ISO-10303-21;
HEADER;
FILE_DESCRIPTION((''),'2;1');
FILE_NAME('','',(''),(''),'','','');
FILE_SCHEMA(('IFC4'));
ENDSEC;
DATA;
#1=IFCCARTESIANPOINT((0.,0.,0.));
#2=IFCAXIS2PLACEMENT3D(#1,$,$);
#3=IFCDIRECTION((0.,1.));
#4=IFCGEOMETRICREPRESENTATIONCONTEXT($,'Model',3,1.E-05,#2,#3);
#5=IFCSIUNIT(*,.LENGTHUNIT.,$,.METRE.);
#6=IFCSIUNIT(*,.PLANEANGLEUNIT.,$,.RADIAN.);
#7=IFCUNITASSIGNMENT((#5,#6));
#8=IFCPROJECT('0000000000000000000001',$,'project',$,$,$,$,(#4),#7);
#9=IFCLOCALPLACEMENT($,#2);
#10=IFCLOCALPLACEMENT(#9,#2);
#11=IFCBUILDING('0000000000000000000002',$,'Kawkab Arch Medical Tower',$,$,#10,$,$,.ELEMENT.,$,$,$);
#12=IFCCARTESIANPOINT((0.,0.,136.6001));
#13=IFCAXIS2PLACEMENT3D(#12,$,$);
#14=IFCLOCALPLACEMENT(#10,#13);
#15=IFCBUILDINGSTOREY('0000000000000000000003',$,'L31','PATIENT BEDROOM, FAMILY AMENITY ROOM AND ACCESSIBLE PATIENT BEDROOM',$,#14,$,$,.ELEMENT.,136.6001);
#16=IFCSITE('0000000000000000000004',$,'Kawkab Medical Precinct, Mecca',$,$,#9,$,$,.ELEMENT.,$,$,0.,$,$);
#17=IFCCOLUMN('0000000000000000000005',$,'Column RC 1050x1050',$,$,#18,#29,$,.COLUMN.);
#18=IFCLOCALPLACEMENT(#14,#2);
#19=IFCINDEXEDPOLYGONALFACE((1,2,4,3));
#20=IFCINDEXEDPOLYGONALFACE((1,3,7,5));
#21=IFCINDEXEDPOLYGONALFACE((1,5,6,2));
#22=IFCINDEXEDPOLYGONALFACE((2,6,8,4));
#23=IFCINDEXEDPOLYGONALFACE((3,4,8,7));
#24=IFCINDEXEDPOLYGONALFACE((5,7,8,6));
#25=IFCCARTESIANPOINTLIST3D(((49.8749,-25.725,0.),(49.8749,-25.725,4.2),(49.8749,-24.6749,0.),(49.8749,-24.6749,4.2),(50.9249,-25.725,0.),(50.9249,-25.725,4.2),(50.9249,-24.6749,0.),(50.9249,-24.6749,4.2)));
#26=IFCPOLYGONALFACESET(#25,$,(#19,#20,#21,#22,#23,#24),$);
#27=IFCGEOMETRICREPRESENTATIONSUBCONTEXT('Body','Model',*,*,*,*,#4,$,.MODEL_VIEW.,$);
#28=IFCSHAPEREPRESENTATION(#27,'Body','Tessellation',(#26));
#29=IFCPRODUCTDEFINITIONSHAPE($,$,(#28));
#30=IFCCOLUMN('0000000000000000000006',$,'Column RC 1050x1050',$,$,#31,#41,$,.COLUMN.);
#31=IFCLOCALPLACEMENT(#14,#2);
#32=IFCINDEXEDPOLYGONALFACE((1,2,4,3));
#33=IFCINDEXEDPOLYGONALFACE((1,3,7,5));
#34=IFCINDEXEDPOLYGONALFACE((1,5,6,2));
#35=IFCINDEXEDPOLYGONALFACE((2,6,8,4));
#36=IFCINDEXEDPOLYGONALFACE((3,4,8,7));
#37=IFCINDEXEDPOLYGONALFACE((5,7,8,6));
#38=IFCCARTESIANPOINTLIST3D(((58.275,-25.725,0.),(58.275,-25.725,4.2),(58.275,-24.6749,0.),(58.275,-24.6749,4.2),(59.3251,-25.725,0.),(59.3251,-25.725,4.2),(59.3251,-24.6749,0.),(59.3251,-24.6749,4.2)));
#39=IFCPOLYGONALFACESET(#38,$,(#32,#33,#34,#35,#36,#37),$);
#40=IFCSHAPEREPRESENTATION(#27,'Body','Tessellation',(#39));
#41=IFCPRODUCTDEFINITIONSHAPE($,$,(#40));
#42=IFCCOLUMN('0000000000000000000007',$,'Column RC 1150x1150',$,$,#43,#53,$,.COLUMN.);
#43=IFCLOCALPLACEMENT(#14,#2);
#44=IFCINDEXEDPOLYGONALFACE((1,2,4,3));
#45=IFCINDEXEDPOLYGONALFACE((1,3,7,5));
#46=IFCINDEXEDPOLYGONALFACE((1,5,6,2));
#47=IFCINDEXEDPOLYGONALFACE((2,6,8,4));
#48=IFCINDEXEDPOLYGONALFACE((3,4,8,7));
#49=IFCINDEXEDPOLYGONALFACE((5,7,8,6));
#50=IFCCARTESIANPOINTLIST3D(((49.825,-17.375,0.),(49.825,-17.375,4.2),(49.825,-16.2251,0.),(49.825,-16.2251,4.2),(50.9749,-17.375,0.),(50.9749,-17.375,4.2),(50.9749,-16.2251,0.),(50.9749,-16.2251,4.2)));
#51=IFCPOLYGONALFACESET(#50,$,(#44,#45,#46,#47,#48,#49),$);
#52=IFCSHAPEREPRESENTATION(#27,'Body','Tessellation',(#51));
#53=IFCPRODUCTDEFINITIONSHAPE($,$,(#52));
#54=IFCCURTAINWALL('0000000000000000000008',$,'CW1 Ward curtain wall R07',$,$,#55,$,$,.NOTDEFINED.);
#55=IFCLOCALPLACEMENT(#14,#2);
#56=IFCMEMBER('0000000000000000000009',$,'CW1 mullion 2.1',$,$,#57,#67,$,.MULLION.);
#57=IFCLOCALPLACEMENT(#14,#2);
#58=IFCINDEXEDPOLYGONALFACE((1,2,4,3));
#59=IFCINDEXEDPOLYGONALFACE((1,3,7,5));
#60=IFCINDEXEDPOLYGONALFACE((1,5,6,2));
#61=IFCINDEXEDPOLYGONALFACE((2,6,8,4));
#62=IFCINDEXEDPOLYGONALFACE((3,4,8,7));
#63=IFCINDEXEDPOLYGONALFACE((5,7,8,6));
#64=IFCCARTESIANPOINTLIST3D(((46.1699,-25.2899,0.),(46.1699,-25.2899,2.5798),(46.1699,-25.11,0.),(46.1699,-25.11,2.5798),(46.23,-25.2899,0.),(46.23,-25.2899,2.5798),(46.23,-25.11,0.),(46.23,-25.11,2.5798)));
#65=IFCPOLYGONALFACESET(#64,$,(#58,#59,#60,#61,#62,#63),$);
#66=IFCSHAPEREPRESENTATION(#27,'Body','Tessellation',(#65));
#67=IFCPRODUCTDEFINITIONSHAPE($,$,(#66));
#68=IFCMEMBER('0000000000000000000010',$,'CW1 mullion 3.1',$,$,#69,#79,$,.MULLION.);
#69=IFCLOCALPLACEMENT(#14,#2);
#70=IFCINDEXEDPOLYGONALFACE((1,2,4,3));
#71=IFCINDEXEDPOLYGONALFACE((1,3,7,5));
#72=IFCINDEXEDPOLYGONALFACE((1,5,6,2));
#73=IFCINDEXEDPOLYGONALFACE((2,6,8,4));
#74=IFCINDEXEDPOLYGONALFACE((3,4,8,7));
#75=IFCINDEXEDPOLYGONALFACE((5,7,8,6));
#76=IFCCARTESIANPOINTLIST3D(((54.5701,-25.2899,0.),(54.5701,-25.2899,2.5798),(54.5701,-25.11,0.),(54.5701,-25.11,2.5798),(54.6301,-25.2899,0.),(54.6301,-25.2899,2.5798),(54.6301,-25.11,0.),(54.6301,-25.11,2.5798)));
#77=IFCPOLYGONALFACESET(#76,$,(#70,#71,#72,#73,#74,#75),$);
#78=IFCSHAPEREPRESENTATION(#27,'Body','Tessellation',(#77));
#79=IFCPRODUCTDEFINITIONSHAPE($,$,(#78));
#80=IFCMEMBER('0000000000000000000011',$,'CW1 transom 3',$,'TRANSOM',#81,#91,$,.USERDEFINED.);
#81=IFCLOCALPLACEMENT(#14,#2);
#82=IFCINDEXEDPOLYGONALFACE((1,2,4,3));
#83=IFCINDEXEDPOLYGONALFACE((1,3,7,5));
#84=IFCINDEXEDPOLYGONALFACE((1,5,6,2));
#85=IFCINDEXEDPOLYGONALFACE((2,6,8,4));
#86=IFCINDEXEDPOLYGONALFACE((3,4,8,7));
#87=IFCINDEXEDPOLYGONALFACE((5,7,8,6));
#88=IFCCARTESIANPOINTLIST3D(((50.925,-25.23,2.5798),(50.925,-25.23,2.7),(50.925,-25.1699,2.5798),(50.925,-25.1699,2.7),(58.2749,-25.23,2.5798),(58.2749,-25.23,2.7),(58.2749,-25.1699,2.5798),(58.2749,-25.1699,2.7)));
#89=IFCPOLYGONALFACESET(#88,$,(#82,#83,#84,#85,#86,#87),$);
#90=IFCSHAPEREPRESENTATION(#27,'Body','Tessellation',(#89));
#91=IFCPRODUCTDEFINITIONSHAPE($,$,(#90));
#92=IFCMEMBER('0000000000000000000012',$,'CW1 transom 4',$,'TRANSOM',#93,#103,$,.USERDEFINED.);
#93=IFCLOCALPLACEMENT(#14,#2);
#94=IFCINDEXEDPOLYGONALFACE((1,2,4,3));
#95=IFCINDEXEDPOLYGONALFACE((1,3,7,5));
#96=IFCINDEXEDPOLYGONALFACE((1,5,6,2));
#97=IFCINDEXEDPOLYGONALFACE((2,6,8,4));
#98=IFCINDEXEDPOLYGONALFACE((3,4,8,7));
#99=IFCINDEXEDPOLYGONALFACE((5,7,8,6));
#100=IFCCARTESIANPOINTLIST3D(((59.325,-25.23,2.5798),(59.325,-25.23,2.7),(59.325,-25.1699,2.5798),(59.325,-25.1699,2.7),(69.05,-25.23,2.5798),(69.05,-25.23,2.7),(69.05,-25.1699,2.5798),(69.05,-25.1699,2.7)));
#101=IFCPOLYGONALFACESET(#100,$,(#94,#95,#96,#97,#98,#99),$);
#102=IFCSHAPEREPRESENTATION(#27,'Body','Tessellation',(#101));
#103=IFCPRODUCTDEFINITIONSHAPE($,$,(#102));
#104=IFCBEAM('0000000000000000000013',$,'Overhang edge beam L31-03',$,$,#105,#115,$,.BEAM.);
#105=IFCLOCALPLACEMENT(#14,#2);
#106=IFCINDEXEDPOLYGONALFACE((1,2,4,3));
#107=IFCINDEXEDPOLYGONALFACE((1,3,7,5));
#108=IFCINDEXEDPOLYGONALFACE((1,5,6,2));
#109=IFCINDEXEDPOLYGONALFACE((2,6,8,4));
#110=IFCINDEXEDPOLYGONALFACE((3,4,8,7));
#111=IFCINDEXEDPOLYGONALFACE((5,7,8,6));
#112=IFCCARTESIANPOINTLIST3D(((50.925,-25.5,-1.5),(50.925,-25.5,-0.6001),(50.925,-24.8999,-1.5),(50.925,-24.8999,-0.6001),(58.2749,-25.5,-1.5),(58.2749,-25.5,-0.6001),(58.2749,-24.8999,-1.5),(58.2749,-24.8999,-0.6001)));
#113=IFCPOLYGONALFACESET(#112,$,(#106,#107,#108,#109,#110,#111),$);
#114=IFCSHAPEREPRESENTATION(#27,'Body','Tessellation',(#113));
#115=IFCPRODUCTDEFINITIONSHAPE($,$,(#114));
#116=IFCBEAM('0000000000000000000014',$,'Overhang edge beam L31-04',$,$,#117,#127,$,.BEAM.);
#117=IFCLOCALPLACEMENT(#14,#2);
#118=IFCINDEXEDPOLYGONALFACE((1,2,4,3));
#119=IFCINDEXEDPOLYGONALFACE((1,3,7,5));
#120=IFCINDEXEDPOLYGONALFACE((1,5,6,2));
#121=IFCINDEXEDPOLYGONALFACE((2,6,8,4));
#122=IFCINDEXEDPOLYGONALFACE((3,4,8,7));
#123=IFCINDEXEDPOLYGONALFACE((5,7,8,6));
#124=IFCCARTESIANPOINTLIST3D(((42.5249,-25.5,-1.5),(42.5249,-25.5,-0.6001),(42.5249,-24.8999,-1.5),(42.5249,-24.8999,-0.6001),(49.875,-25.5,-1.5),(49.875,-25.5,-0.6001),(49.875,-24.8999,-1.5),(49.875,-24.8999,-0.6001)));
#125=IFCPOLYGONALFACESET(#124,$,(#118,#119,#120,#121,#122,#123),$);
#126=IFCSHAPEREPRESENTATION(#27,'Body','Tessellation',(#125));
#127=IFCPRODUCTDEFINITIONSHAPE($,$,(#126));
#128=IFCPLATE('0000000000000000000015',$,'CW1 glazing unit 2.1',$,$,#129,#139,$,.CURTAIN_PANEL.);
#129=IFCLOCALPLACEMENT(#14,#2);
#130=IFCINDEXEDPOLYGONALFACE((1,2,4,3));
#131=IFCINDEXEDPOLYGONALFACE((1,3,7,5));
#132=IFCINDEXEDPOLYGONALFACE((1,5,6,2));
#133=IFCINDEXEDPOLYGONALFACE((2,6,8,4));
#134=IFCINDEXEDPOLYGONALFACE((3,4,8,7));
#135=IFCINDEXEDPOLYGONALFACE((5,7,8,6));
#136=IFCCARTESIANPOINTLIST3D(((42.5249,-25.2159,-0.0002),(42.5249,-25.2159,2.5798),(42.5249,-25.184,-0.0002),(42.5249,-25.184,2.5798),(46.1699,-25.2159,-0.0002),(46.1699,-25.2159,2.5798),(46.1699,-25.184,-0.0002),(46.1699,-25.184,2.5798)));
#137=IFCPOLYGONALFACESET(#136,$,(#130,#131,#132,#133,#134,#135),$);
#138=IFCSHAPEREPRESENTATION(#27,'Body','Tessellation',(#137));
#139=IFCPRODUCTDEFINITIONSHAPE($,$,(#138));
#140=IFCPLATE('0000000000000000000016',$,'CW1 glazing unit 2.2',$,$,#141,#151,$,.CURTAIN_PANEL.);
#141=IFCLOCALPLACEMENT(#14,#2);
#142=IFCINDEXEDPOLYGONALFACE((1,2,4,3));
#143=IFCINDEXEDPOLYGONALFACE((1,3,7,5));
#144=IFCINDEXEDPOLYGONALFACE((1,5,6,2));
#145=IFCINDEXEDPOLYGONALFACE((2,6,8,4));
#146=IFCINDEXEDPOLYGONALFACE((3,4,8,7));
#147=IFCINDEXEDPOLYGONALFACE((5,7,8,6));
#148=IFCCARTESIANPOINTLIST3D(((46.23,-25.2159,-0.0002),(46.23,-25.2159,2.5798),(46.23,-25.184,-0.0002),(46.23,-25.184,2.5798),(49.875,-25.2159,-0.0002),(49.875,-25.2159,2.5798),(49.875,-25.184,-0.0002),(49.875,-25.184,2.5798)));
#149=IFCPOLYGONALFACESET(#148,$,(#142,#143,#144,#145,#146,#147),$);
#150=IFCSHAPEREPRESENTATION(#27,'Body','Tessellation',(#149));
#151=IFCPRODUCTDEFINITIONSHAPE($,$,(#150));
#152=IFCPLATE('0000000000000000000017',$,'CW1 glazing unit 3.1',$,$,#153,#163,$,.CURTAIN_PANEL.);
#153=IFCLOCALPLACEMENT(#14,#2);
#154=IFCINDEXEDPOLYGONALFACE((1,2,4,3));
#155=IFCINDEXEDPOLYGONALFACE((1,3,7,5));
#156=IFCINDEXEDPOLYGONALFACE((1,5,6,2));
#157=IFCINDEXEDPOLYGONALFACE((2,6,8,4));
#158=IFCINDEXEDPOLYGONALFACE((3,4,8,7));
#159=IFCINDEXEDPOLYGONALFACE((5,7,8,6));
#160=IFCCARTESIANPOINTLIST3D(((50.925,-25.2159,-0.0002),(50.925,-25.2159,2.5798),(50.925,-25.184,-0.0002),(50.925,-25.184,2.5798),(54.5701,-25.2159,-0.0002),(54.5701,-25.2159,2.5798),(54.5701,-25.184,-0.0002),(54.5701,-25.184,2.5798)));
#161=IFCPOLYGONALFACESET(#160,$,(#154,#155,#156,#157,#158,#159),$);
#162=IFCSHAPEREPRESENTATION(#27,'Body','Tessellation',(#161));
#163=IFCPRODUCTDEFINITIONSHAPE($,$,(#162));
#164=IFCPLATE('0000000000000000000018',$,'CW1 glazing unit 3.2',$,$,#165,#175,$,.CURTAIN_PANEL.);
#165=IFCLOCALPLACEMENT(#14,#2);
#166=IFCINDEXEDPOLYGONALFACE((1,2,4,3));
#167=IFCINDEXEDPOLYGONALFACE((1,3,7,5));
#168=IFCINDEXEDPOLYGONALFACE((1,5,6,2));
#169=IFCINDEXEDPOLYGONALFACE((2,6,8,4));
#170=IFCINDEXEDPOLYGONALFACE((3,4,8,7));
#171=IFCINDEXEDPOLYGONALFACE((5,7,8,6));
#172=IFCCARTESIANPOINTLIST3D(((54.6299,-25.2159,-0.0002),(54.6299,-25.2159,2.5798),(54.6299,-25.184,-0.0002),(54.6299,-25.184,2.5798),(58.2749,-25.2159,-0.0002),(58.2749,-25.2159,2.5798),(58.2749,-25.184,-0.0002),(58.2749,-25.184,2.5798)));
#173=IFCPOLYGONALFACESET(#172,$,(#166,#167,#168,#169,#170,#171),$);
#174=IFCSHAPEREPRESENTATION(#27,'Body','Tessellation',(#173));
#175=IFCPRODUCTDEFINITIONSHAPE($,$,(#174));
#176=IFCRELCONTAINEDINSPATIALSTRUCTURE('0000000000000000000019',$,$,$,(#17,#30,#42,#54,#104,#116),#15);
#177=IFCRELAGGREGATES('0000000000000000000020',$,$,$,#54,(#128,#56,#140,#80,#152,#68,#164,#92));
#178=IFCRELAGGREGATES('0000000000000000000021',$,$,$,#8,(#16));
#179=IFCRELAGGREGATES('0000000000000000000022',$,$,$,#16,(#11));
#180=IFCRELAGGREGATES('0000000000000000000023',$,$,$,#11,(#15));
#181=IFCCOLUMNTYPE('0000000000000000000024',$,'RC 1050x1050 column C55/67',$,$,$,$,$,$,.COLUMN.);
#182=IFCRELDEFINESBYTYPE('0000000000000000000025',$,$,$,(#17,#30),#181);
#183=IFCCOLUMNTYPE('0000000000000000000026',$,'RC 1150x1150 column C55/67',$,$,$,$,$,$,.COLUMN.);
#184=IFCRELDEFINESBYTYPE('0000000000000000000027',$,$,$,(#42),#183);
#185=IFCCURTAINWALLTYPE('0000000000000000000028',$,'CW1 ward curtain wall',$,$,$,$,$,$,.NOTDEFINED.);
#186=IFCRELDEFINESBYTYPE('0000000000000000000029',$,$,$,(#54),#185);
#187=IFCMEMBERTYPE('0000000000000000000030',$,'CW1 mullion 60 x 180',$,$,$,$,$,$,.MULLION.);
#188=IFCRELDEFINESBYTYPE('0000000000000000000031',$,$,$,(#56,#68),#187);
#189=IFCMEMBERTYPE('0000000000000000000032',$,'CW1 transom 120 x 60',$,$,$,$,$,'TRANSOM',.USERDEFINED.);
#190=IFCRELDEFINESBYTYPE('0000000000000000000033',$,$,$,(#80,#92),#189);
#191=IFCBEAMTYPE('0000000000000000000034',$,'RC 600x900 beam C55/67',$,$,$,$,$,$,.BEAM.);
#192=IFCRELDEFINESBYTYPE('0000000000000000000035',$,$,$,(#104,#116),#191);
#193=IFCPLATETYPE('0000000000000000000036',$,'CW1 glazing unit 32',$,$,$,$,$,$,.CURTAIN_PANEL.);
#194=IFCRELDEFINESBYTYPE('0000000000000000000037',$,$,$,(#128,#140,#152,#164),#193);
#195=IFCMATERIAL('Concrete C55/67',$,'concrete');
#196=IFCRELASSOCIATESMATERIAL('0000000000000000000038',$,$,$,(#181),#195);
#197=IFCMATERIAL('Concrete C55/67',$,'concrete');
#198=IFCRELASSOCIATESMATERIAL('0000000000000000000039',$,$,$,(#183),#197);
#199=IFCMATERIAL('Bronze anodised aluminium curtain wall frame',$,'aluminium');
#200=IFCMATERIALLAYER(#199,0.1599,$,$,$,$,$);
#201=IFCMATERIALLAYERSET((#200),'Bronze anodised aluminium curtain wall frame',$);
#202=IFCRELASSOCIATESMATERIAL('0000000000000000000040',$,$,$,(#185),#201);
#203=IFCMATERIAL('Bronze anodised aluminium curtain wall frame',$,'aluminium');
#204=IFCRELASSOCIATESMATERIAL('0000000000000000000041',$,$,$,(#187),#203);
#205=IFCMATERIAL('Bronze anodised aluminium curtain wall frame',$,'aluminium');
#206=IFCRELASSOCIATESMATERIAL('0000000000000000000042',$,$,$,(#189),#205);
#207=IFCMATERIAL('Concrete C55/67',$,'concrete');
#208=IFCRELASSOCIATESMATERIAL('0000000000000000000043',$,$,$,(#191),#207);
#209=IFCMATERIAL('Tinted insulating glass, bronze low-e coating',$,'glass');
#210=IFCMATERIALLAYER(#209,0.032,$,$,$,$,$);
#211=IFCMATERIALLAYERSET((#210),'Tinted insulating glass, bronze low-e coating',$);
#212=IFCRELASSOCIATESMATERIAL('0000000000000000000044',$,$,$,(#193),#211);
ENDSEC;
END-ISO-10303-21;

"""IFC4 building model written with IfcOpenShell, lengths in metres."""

from ifc_helpers import new_model, si_unit, direction, frame, origin, origin_2d, place, context, subcontext, project, spatial, rectangle, extrude, material, layer, layer_set, material_profile, profile_set, type_object, element, aggregate, save


model = new_model("IFC4")

# Units and contexts
model_context = context("Model", 3, precision=1e-05, world=origin(), true_north=direction((0.0, 1.0)))
body_context = subcontext(model_context, "Body", "Model", "MODEL_VIEW")
ifc_project = project(units=[si_unit("LENGTHUNIT", "METRE"), si_unit("PLANEANGLEUNIT", "RADIAN")], contexts=[model_context])

# Site, building, storey
site_placement = place(None, origin())
site = spatial("IfcSite", under=ifc_project, at=site_placement, Name="Kawkab Medical Precinct, Mecca", CompositionType="ELEMENT", RefElevation=0.0)
building_placement = place(site_placement, origin())
building = spatial("IfcBuilding", under=site, at=building_placement, Name="Kawkab Arch Medical Tower", CompositionType="ELEMENT")
storey_placement = place(building_placement, frame((0.0, 0.0, 136.6001)))
storey = spatial("IfcBuildingStorey", under=building, at=storey_placement, Name="L31", Description="PATIENT BEDROOM, FAMILY AMENITY ROOM AND ACCESSIBLE PATIENT BEDROOM", CompositionType="ELEMENT", Elevation=136.6001)

# Columns
ifc_material_1 = material(Name="Concrete C55/67", Category="concrete")
ifc_material_profile_1 = material_profile(ifc_material_1, rectangle(XDim=1.05, YDim=1.05, at=origin_2d()), Name="RC 1050x1050")
ifc_profile_set_1 = profile_set([ifc_material_profile_1], Name="Concrete C55/67")
column_type_1 = type_object("IfcColumnType", Name="RC 1050x1050 column C55/67", PredefinedType="COLUMN", material=ifc_profile_set_1)
for number, where, z_axis, x_axis, name in (
    (1, (50.3999, -25.2, 0.0), (0.0, 0.0, 1.0), (1.0, 0.0, 0.0), "Column RC 1050x1050"),
    (2, (58.8, -25.2, 0.0), (0.0, 0.0, 1.0), (1.0, 0.0, 0.0), "Column RC 1050x1050"),
):
    element("IfcColumn", number, at=place(storey_placement, frame(where, z_axis=z_axis, x_axis=x_axis)), inside=storey, type_object=column_type_1, Name=name, PredefinedType="COLUMN", context=body_context, shape_type="SweptSolid", body=[
        extrude(rectangle(XDim=1.05, YDim=1.05, at=origin_2d()), origin(), (0.0, 0.0, 1.0), 4.2),
    ])
ifc_material_2 = material(Name="Concrete C55/67", Category="concrete")
ifc_material_profile_2 = material_profile(ifc_material_2, rectangle(XDim=1.1499, YDim=1.1499, at=origin_2d()), Name="RC 1150x1150")
ifc_profile_set_2 = profile_set([ifc_material_profile_2], Name="Concrete C55/67")
column_type_2 = type_object("IfcColumnType", Name="RC 1150x1150 column C55/67", PredefinedType="COLUMN", material=ifc_profile_set_2)
column_placement = place(storey_placement, frame((50.3999, -16.8, 0.0), z_axis=(0.0, 0.0, 1.0), x_axis=(1.0, 0.0, 0.0)))
element("IfcColumn", 3, at=column_placement, inside=storey, type_object=column_type_2, Name="Column RC 1150x1150", PredefinedType="COLUMN", context=body_context, shape_type="SweptSolid", body=[
    extrude(rectangle(XDim=1.1499, YDim=1.1499, at=origin_2d()), origin(), (0.0, 0.0, 1.0), 4.2),
])

# Curtain wall, members
ifc_material_3 = material(Name="Bronze anodised aluminium curtain wall frame", Category="aluminium")
ifc_layer_1 = layer(ifc_material_3, 0.1599)
ifc_layer_set_1 = layer_set([ifc_layer_1], Name="Bronze anodised aluminium curtain wall frame")
curtain_wall_type = type_object("IfcCurtainWallType", Name="CW1 ward curtain wall", PredefinedType="NOTDEFINED", material=ifc_layer_set_1)
curtain_wall_placement = place(storey_placement, origin())
curtain_wall = element("IfcCurtainWall", 4, at=curtain_wall_placement, inside=storey, type_object=curtain_wall_type, Name="CW1 Ward curtain wall R07", PredefinedType="NOTDEFINED")
ifc_material_4 = material(Name="Bronze anodised aluminium curtain wall frame", Category="aluminium")
ifc_material_profile_3 = material_profile(ifc_material_4, rectangle(XDim=0.1799, YDim=0.0601, at=origin_2d()), Name="AL 60x180")
ifc_profile_set_3 = profile_set([ifc_material_profile_3], Name="Bronze anodised aluminium curtain wall frame")
member_type_1 = type_object("IfcMemberType", Name="CW1 mullion 60 x 180", PredefinedType="MULLION", material=ifc_profile_set_3)
member_1_placement = place(storey_placement, frame((46.2, -25.2, 0.0), z_axis=(0.0, 0.0, 1.0), x_axis=(0.0, 1.0, 0.0)))
member_1 = element("IfcMember", 5, at=member_1_placement, type_object=member_type_1, Name="CW1 mullion 2.1", PredefinedType="MULLION", context=body_context, shape_type="SweptSolid", body=[
    extrude(rectangle(XDim=0.1799, YDim=0.0601, at=origin_2d()), origin(), (0.0, 0.0, 1.0), 2.5798),
])
member_2_placement = place(storey_placement, frame((54.6001, -25.2, 0.0), z_axis=(0.0, 0.0, 1.0), x_axis=(0.0, 1.0, 0.0)))
member_2 = element("IfcMember", 6, at=member_2_placement, type_object=member_type_1, Name="CW1 mullion 3.1", PredefinedType="MULLION", context=body_context, shape_type="SweptSolid", body=[
    extrude(rectangle(XDim=0.1799, YDim=0.0601, at=origin_2d()), origin(), (0.0, 0.0, 1.0), 2.5798),
])
ifc_material_5 = material(Name="Bronze anodised aluminium curtain wall frame", Category="aluminium")
ifc_material_profile_4 = material_profile(ifc_material_5, rectangle(XDim=0.0601, YDim=0.1201, at=origin_2d()), Name="AL 60x120")
ifc_profile_set_4 = profile_set([ifc_material_profile_4], Name="Bronze anodised aluminium curtain wall frame")
member_type_2 = type_object("IfcMemberType", Name="CW1 transom 120 x 60", ElementType="TRANSOM", PredefinedType="USERDEFINED", material=ifc_profile_set_4)
member_3_placement = place(storey_placement, frame((50.925, -25.2, 2.6399), z_axis=(1.0, 0.0, 0.0), x_axis=(0.0, 1.0, 0.0)))
member_3 = element("IfcMember", 7, at=member_3_placement, type_object=member_type_2, Name="CW1 transom 3", ObjectType="TRANSOM", PredefinedType="USERDEFINED", context=body_context, shape_type="SweptSolid", body=[
    extrude(rectangle(XDim=0.0601, YDim=0.1201, at=origin_2d()), origin(), (0.0, 0.0, 1.0), 7.3499),
])
member_4_placement = place(storey_placement, frame((59.325, -25.2, 2.6399), z_axis=(1.0, 0.0, 0.0), x_axis=(0.0, 1.0, 0.0)))
member_4 = element("IfcMember", 8, at=member_4_placement, type_object=member_type_2, Name="CW1 transom 4", ObjectType="TRANSOM", PredefinedType="USERDEFINED", context=body_context, shape_type="SweptSolid", body=[
    extrude(rectangle(XDim=0.0601, YDim=0.1201, at=origin_2d()), origin(), (0.0, 0.0, 1.0), 9.7251),
])

# Beams
ifc_material_6 = material(Name="Concrete C55/67", Category="concrete")
ifc_material_profile_5 = material_profile(ifc_material_6, rectangle(XDim=0.6001, YDim=0.8999, at=origin_2d()), Name="RC 600x900")
ifc_profile_set_5 = profile_set([ifc_material_profile_5], Name="Concrete C55/67")
beam_type = type_object("IfcBeamType", Name="RC 600x900 beam C55/67", PredefinedType="BEAM", material=ifc_profile_set_5)
beam_1_placement = place(storey_placement, frame((58.2749, -25.2, -1.05), z_axis=(-1.0, 0.0, 0.0), x_axis=(0.0, -1.0, 0.0)))
element("IfcBeam", 9, at=beam_1_placement, inside=storey, type_object=beam_type, Name="Overhang edge beam L31-03", PredefinedType="BEAM", context=body_context, shape_type="SweptSolid", body=[
    extrude(rectangle(XDim=0.6001, YDim=0.8999, at=origin_2d()), origin(), (0.0, 0.0, 1.0), 7.3499),
])
beam_2_placement = place(storey_placement, frame((49.875, -25.2, -1.05), z_axis=(-1.0, 0.0, 0.0), x_axis=(0.0, -1.0, 0.0)))
element("IfcBeam", 10, at=beam_2_placement, inside=storey, type_object=beam_type, Name="Overhang edge beam L31-04", PredefinedType="BEAM", context=body_context, shape_type="SweptSolid", body=[
    extrude(rectangle(XDim=0.6001, YDim=0.8999, at=origin_2d()), origin(), (0.0, 0.0, 1.0), 7.3501),
])

# Plates
ifc_material_7 = material(Name="Tinted insulating glass, bronze low-e coating", Category="glass")
ifc_layer_2 = layer(ifc_material_7, 0.032)
ifc_layer_set_2 = layer_set([ifc_layer_2], Name="Tinted insulating glass, bronze low-e coating")
plate_type = type_object("IfcPlateType", Name="CW1 glazing unit 32", PredefinedType="CURTAIN_PANEL", material=ifc_layer_set_2)
plate_1_placement = place(storey_placement, frame((44.3474, -25.2, -0.0002), z_axis=(0.0, 0.0, 1.0), x_axis=(1.0, 0.0, 0.0)))
plate_1 = element("IfcPlate", 11, at=plate_1_placement, type_object=plate_type, Name="CW1 glazing unit 2.1", PredefinedType="CURTAIN_PANEL", context=body_context, shape_type="SweptSolid", body=[
    extrude(rectangle(XDim=3.645, YDim=0.032, at=origin_2d()), origin(), (0.0, 0.0, 1.0), 2.5801),
])
plate_2_placement = place(storey_placement, frame((48.0525, -25.2, -0.0002), z_axis=(0.0, 0.0, 1.0), x_axis=(1.0, 0.0, 0.0)))
plate_2 = element("IfcPlate", 12, at=plate_2_placement, type_object=plate_type, Name="CW1 glazing unit 2.2", PredefinedType="CURTAIN_PANEL", context=body_context, shape_type="SweptSolid", body=[
    extrude(rectangle(XDim=3.645, YDim=0.032, at=origin_2d()), origin(), (0.0, 0.0, 1.0), 2.5801),
])
plate_3_placement = place(storey_placement, frame((52.7476, -25.2, -0.0002), z_axis=(0.0, 0.0, 1.0), x_axis=(1.0, 0.0, 0.0)))
plate_3 = element("IfcPlate", 13, at=plate_3_placement, type_object=plate_type, Name="CW1 glazing unit 3.1", PredefinedType="CURTAIN_PANEL", context=body_context, shape_type="SweptSolid", body=[
    extrude(rectangle(XDim=3.645, YDim=0.032, at=origin_2d()), origin(), (0.0, 0.0, 1.0), 2.5801),
])
plate_4_placement = place(storey_placement, frame((56.4524, -25.2, -0.0002), z_axis=(0.0, 0.0, 1.0), x_axis=(1.0, 0.0, 0.0)))
plate_4 = element("IfcPlate", 14, at=plate_4_placement, type_object=plate_type, Name="CW1 glazing unit 3.2", PredefinedType="CURTAIN_PANEL", context=body_context, shape_type="SweptSolid", body=[
    extrude(rectangle(XDim=3.645, YDim=0.032, at=origin_2d()), origin(), (0.0, 0.0, 1.0), 2.5801),
])
aggregate(curtain_wall, [plate_1, member_1, plate_2, member_3, plate_3, member_2, plate_4, member_4])

save(model, "model.ifc")
